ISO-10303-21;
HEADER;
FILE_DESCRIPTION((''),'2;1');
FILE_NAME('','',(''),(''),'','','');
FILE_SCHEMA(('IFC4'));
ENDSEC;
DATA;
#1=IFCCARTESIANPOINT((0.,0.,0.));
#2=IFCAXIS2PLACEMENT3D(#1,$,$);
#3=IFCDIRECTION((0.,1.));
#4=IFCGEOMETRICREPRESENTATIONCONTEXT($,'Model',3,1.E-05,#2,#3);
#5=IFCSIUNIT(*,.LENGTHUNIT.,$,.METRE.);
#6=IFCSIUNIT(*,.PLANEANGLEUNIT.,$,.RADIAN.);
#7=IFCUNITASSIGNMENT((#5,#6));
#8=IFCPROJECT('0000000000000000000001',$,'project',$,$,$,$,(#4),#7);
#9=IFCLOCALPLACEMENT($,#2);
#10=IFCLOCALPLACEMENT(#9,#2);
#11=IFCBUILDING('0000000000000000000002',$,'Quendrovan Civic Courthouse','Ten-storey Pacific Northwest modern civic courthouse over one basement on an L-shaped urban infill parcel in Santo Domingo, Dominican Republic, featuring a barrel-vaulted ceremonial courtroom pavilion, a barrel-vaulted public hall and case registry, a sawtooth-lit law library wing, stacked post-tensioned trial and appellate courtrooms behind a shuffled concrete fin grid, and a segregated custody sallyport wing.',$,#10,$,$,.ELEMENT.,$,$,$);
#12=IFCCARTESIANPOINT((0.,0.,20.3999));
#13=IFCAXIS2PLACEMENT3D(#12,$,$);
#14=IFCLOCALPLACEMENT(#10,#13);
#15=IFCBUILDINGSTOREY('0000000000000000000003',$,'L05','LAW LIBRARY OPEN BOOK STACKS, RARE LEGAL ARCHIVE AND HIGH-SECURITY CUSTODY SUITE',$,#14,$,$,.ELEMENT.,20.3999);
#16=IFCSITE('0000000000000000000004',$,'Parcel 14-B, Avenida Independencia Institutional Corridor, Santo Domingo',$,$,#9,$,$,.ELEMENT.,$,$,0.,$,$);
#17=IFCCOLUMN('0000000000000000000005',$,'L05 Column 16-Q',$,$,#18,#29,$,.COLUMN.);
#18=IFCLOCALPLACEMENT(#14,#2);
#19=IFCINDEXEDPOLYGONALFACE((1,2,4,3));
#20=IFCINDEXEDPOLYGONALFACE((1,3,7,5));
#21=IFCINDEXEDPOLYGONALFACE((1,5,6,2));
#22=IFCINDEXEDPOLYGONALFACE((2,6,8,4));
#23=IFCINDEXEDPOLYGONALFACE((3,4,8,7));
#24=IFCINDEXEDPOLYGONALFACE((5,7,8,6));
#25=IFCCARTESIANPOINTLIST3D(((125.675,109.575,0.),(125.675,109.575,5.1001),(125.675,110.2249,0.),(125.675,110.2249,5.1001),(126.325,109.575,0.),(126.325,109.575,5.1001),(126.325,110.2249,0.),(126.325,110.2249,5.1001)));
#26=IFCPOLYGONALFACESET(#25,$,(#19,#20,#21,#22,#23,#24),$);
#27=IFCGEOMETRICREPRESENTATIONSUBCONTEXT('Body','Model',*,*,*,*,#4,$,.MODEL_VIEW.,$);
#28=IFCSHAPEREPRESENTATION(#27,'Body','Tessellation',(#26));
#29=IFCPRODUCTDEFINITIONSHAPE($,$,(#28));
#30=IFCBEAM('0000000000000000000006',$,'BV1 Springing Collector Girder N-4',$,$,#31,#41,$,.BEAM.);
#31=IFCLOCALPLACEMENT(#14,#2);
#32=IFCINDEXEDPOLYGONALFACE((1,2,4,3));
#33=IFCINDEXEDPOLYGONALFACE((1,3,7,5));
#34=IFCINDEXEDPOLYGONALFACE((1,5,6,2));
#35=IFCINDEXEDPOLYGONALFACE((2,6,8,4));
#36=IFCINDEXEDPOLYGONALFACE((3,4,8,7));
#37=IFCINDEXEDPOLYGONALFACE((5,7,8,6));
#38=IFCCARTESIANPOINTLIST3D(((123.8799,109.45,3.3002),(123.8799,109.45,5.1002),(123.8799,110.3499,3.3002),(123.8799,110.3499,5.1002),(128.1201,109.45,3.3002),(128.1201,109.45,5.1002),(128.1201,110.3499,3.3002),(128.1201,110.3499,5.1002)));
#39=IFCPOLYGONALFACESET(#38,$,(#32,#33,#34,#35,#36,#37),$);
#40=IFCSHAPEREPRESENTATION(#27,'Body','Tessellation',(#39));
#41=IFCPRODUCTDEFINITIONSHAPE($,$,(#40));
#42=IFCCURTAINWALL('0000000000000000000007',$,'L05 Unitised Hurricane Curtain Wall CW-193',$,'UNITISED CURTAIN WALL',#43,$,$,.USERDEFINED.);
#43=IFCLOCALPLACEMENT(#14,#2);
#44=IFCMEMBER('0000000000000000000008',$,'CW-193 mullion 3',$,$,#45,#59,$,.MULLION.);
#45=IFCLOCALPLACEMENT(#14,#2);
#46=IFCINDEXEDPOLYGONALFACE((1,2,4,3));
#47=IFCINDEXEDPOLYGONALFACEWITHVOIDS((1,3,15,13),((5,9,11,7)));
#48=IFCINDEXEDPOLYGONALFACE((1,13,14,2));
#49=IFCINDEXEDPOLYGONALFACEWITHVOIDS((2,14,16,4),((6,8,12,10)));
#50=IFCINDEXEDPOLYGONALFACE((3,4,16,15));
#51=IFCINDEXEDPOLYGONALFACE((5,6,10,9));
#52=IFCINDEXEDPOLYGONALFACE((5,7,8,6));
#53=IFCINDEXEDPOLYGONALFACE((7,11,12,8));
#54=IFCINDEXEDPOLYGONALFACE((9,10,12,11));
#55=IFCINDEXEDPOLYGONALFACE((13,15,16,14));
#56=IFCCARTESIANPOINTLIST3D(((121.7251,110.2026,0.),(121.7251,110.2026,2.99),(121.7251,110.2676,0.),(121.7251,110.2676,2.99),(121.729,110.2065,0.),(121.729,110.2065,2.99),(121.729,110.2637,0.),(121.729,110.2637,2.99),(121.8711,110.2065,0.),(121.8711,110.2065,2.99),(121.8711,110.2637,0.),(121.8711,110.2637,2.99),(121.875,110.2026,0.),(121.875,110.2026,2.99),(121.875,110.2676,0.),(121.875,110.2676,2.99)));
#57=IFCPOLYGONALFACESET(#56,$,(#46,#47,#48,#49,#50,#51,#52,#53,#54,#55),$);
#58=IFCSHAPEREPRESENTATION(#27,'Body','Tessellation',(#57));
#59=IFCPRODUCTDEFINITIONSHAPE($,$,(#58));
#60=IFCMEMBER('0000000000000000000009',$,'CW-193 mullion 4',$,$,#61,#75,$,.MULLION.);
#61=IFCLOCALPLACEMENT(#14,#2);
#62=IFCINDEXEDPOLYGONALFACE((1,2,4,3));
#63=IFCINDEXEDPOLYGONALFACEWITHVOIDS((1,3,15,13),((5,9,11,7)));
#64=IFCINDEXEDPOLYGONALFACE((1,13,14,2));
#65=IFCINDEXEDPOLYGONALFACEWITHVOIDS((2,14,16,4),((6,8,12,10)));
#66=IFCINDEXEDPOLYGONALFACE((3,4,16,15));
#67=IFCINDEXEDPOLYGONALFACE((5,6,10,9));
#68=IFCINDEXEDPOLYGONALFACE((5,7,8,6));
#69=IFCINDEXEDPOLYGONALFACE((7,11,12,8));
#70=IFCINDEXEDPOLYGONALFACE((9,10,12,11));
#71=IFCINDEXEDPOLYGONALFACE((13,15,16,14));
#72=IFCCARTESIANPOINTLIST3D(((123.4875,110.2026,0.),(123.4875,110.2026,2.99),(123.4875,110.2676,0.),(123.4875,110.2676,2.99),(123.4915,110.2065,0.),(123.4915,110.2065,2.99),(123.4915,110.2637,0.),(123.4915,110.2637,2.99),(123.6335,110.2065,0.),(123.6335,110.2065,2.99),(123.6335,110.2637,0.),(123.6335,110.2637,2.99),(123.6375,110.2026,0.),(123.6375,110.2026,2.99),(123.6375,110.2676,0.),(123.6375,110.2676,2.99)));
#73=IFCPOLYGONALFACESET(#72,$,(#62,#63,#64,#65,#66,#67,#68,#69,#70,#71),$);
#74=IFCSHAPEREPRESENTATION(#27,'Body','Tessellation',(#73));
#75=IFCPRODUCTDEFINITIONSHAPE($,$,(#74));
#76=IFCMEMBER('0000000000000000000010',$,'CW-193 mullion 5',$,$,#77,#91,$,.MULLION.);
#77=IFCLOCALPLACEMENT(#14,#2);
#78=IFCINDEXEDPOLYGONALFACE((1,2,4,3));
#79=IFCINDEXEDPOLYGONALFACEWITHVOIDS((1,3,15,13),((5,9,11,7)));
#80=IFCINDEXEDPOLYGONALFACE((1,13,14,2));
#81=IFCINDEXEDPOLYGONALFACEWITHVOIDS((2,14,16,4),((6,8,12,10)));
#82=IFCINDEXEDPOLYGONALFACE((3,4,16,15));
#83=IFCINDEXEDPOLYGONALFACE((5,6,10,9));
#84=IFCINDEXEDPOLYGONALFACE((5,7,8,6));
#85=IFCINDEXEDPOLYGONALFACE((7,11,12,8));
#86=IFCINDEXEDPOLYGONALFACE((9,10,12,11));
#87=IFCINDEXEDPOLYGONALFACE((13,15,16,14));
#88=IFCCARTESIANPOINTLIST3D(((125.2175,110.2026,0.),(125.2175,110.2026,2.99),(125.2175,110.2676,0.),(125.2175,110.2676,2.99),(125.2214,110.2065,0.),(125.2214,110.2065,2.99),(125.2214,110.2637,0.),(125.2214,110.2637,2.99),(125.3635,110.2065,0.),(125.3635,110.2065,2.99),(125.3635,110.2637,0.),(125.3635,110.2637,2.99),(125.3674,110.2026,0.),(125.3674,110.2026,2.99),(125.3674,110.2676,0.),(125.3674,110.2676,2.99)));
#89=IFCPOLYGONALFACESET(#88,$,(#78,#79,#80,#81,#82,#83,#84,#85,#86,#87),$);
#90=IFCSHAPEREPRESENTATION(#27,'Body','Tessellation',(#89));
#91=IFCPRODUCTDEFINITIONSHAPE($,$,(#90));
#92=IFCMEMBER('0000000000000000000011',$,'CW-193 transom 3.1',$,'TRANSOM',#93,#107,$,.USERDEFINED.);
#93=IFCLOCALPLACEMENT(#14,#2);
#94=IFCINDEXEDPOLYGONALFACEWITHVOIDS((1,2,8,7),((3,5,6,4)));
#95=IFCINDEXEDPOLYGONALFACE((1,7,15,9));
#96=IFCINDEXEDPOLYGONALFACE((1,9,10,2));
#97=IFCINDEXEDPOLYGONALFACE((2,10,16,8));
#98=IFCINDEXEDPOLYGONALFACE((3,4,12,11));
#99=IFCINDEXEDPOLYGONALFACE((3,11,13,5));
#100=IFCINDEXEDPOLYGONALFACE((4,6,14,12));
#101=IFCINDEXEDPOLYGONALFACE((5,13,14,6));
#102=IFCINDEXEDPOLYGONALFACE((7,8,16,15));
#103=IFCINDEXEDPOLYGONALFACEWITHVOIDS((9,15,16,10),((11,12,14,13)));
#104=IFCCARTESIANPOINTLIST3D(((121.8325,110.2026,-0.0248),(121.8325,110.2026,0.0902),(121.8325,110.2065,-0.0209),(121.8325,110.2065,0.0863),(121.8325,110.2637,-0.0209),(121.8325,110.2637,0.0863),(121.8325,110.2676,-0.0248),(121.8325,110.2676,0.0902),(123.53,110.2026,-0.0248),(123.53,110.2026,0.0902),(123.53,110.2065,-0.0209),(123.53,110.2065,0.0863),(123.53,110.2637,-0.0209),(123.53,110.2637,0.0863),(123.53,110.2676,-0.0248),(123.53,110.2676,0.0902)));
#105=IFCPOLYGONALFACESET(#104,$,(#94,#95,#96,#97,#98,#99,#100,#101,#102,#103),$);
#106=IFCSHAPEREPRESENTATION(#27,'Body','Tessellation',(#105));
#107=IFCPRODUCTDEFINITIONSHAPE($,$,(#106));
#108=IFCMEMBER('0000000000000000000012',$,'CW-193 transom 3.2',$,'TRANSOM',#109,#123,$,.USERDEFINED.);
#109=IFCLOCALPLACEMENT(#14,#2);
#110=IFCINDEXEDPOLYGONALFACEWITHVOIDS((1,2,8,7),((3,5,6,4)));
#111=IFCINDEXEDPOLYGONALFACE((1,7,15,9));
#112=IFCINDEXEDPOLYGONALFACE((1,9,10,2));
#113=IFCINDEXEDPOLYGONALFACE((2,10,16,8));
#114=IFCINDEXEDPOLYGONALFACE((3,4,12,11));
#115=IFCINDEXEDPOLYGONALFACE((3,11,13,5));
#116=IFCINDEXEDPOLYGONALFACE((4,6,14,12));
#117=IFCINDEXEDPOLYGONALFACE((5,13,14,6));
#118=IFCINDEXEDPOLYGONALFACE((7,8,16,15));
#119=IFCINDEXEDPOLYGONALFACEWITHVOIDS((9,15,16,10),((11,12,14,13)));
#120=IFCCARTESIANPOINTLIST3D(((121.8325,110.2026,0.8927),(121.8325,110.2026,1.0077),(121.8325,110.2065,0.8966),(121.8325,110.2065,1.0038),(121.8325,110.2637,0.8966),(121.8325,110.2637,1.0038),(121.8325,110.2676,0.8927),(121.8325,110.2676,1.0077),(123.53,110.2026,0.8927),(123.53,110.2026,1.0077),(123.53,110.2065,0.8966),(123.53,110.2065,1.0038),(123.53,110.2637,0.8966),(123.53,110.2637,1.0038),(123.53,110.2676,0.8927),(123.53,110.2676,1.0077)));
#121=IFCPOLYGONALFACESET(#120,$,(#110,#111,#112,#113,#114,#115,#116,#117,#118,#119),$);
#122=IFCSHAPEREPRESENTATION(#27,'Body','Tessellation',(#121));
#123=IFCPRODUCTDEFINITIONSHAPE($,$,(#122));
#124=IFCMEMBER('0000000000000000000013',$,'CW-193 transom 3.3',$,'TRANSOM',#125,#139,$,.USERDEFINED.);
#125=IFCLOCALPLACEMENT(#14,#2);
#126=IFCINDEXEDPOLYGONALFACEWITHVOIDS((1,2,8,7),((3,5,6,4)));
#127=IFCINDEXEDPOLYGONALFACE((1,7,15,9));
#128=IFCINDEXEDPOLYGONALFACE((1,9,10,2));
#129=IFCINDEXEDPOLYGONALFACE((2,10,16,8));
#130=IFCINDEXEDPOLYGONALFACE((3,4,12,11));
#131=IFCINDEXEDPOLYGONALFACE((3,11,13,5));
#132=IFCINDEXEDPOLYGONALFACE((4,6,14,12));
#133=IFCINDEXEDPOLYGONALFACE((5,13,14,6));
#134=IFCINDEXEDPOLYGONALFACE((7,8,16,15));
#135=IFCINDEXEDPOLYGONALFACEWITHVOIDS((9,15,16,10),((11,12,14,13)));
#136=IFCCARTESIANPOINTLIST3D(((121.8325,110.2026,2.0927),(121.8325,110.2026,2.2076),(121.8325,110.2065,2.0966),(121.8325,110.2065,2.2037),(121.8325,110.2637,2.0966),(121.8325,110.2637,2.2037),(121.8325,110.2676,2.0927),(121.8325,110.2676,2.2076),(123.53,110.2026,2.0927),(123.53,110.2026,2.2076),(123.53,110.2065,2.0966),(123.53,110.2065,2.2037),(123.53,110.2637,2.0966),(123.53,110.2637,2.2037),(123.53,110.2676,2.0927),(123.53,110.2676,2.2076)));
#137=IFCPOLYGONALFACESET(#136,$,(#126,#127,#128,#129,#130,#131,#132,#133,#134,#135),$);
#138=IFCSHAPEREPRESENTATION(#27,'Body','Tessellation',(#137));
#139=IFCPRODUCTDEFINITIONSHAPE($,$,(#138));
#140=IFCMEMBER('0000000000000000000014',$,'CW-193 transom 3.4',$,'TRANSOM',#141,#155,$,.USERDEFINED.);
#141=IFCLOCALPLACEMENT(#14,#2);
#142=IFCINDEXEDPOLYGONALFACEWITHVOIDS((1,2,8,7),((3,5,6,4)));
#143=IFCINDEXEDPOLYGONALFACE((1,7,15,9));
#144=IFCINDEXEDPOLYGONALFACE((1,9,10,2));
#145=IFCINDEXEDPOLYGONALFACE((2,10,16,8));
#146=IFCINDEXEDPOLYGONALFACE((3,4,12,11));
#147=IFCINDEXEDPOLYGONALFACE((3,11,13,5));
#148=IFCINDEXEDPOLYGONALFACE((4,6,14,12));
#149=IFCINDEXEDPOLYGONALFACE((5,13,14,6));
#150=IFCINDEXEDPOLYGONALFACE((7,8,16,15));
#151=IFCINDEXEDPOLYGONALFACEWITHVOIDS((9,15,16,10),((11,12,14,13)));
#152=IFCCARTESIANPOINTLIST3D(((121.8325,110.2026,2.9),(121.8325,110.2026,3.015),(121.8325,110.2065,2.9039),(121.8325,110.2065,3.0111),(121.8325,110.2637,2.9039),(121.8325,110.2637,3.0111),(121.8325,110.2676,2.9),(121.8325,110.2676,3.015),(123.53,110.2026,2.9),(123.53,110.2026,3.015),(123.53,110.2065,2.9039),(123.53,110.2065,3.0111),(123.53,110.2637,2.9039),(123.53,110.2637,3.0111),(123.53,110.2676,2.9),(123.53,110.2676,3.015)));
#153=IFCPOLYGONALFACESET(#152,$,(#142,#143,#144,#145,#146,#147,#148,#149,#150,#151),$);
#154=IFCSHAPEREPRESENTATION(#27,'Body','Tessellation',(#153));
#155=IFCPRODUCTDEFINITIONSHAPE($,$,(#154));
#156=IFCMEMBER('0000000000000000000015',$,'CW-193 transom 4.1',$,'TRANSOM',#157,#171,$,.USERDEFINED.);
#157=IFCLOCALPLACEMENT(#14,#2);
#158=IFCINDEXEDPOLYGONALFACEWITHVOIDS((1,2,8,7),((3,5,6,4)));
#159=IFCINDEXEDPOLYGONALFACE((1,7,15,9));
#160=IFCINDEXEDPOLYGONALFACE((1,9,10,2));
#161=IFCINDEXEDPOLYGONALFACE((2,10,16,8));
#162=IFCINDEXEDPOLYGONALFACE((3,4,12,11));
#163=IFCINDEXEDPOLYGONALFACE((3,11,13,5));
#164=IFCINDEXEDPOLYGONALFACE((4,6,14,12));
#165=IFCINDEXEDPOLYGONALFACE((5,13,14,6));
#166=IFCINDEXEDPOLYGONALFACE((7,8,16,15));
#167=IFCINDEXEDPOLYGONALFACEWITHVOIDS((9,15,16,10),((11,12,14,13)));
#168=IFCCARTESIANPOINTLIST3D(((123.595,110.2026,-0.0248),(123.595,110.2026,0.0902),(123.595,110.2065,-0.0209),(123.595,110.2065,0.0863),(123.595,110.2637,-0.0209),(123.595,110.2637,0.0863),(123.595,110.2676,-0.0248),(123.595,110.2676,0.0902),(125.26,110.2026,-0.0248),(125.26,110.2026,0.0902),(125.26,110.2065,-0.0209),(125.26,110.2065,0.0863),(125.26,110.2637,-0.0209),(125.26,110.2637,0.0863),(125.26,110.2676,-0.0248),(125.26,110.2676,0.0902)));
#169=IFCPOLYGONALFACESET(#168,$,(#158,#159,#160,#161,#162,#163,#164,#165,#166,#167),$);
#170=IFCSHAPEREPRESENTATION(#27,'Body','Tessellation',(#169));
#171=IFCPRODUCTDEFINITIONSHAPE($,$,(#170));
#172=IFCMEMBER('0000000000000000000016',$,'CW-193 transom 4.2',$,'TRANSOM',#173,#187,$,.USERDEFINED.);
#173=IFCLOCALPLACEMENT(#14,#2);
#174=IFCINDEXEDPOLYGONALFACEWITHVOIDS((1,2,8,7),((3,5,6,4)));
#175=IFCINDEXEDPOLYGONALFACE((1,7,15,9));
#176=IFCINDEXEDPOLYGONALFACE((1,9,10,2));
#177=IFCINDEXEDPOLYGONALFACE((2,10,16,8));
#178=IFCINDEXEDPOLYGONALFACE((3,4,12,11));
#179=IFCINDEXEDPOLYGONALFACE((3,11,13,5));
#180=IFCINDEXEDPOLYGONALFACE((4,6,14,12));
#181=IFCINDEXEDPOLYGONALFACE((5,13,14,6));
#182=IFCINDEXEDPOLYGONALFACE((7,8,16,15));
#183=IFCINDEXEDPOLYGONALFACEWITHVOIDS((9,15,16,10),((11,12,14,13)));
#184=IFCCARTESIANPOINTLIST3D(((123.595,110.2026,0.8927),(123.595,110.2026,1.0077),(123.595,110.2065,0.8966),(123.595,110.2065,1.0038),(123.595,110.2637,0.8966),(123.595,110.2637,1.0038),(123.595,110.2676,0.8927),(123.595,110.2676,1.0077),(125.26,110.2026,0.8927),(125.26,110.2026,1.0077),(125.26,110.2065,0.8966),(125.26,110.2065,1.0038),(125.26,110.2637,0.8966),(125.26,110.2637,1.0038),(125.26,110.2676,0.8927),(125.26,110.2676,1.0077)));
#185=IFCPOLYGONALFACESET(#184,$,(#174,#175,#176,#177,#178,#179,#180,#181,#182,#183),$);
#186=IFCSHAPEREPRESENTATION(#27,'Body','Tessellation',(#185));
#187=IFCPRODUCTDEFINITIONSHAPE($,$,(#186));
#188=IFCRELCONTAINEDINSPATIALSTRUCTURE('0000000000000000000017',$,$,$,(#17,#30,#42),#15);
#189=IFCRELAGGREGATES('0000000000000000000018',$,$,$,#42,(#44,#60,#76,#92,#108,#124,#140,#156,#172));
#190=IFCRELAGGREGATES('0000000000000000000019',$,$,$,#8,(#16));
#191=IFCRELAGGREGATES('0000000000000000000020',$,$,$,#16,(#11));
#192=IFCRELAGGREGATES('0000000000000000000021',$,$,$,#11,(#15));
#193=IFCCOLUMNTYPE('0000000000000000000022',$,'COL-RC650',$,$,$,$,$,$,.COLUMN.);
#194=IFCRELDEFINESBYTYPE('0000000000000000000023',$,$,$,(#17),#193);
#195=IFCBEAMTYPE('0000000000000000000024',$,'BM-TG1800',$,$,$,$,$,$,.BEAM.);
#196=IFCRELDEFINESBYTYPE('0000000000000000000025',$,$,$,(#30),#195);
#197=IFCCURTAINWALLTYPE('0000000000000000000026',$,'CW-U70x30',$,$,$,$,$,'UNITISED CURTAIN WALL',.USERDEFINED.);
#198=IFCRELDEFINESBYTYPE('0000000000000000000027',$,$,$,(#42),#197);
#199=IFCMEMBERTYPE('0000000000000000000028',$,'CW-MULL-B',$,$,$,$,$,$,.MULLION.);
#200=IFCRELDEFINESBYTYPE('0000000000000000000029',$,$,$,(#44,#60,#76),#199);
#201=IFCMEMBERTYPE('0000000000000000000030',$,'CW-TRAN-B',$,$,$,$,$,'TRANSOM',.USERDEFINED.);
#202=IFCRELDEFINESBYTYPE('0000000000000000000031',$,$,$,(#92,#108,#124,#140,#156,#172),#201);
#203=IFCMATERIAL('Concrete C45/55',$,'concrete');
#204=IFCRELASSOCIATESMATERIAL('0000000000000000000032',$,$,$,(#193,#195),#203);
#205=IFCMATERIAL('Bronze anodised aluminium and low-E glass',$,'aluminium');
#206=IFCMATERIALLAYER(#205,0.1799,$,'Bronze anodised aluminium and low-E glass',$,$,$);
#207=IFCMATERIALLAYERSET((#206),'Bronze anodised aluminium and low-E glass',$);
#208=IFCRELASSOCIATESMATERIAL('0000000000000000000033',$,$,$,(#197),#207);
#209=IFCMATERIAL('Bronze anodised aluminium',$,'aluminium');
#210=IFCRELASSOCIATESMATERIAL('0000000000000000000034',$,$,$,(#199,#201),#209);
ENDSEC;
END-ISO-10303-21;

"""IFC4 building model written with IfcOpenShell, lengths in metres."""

from ifc_helpers import new_model, si_unit, direction, frame, origin, origin_2d, place, context, subcontext, project, spatial, rectangle, hollow_rectangle, extrude, material, layer, layer_set, material_profile, profile_set, type_object, element, aggregate, save


model = new_model("IFC4")

# Units and contexts
model_context = context("Model", 3, precision=1e-05, world=origin(), true_north=direction((0.0, 1.0)))
body_context = subcontext(model_context, "Body", "Model", "MODEL_VIEW")
ifc_project = project(units=[si_unit("LENGTHUNIT", "METRE"), si_unit("PLANEANGLEUNIT", "RADIAN")], contexts=[model_context])

# Site, building, storey
site_placement = place(None, origin())
site = spatial("IfcSite", under=ifc_project, at=site_placement, Name="Parcel 14-B, Avenida Independencia Institutional Corridor, Santo Domingo", CompositionType="ELEMENT", RefElevation=0.0)
building_placement = place(site_placement, origin())
building = spatial("IfcBuilding", under=site, at=building_placement, Name="Quendrovan Civic Courthouse", Description="Ten-storey Pacific Northwest modern civic courthouse over one basement on an L-shaped urban infill parcel in Santo Domingo, Dominican Republic, featuring a barrel-vaulted ceremonial courtroom pavilion, a barrel-vaulted public hall and case registry, a sawtooth-lit law library wing, stacked post-tensioned trial and appellate courtrooms behind a shuffled concrete fin grid, and a segregated custody sallyport wing.", CompositionType="ELEMENT")
storey_placement = place(building_placement, frame((0.0, 0.0, 20.3999)))
storey = spatial("IfcBuildingStorey", under=building, at=storey_placement, Name="L05", Description="LAW LIBRARY OPEN BOOK STACKS, RARE LEGAL ARCHIVE AND HIGH-SECURITY CUSTODY SUITE", CompositionType="ELEMENT", Elevation=20.3999)

# Column
ifc_material_1 = material(Name="Concrete C45/55", Category="concrete")
ifc_material_profile_1 = material_profile(ifc_material_1, rectangle(XDim=0.6499, YDim=0.6499, at=origin_2d()), Name="RC-COL-650x650")
ifc_profile_set_1 = profile_set([ifc_material_profile_1], Name="Concrete C45/55")
column_type = type_object("IfcColumnType", Name="COL-RC650", PredefinedType="COLUMN", material=ifc_profile_set_1)
column_placement = place(storey_placement, frame((126.0, 109.8999, 0.0), z_axis=(0.0, 0.0, 1.0), x_axis=(1.0, 0.0, 0.0)))
element("IfcColumn", 1, at=column_placement, inside=storey, type_object=column_type, Name="L05 Column 16-Q", PredefinedType="COLUMN", context=body_context, shape_type="SweptSolid", body=[
    extrude(rectangle(XDim=0.6499, YDim=0.6499, at=origin_2d()), origin(), (0.0, 0.0, 1.0), 5.1001),
])

# Beam
ifc_material_profile_2 = material_profile(ifc_material_1, rectangle(XDim=0.8999, YDim=1.8, at=origin_2d()), Name="RC-TG-900x1800")
ifc_profile_set_2 = profile_set([ifc_material_profile_2], Name="Concrete C45/55")
beam_type = type_object("IfcBeamType", Name="BM-TG1800", PredefinedType="BEAM", material=ifc_profile_set_2)
beam_placement = place(storey_placement, frame((123.8799, 109.8999, 4.2002), z_axis=(1.0, 0.0, 0.0), x_axis=(0.0, 1.0, 0.0)))
element("IfcBeam", 2, at=beam_placement, inside=storey, type_object=beam_type, Name="BV1 Springing Collector Girder N-4", PredefinedType="BEAM", context=body_context, shape_type="SweptSolid", body=[
    extrude(rectangle(XDim=0.8999, YDim=1.8, at=origin_2d()), origin(), (0.0, 0.0, 1.0), 4.2402),
])

# Curtain wall, members
ifc_material_2 = material(Name="Bronze anodised aluminium and low-E glass", Category="aluminium")
ifc_layer_1 = layer(ifc_material_2, 0.1799, Name="Bronze anodised aluminium and low-E glass")
ifc_layer_set_1 = layer_set([ifc_layer_1], Name="Bronze anodised aluminium and low-E glass")
curtain_wall_type = type_object("IfcCurtainWallType", Name="CW-U70x30", ElementType="UNITISED CURTAIN WALL", PredefinedType="USERDEFINED", material=ifc_layer_set_1)
curtain_wall_placement = place(storey_placement, origin())
curtain_wall = element("IfcCurtainWall", 3, at=curtain_wall_placement, inside=storey, type_object=curtain_wall_type, Name="L05 Unitised Hurricane Curtain Wall CW-193", ObjectType="UNITISED CURTAIN WALL", PredefinedType="USERDEFINED")
ifc_material_3 = material(Name="Bronze anodised aluminium", Category="aluminium")
ifc_material_profile_3 = material_profile(ifc_material_3, hollow_rectangle(XDim=0.0649, YDim=0.1499, WallThickness=0.0039, at=origin_2d()), Name="CW-MULL-65x150")
ifc_profile_set_3 = profile_set([ifc_material_profile_3], Name="Bronze anodised aluminium")
member_type_1 = type_object("IfcMemberType", Name="CW-MULL-B", PredefinedType="MULLION", material=ifc_profile_set_3)
member_1_placement = place(storey_placement, frame((121.8, 110.2351, 0.0), z_axis=(0.0, 0.0, 1.0), x_axis=(0.0, 1.0, 0.0)))
member_1 = element("IfcMember", 4, at=member_1_placement, type_object=member_type_1, Name="CW-193 mullion 3", PredefinedType="MULLION", context=body_context, shape_type="SweptSolid", body=[
    extrude(hollow_rectangle(XDim=0.0649, YDim=0.1499, WallThickness=0.0039, at=origin_2d()), origin(), (0.0, 0.0, 1.0), 2.99),
])
member_2_placement = place(storey_placement, frame((123.5625, 110.2351, 0.0), z_axis=(0.0, 0.0, 1.0), x_axis=(0.0, 1.0, 0.0)))
member_2 = element("IfcMember", 5, at=member_2_placement, type_object=member_type_1, Name="CW-193 mullion 4", PredefinedType="MULLION", context=body_context, shape_type="SweptSolid", body=[
    extrude(hollow_rectangle(XDim=0.0649, YDim=0.1499, WallThickness=0.0039, at=origin_2d()), origin(), (0.0, 0.0, 1.0), 2.99),
])
member_3_placement = place(storey_placement, frame((125.2925, 110.2351, 0.0), z_axis=(0.0, 0.0, 1.0), x_axis=(0.0, 1.0, 0.0)))
member_3 = element("IfcMember", 6, at=member_3_placement, type_object=member_type_1, Name="CW-193 mullion 5", PredefinedType="MULLION", context=body_context, shape_type="SweptSolid", body=[
    extrude(hollow_rectangle(XDim=0.0649, YDim=0.1499, WallThickness=0.0039, at=origin_2d()), origin(), (0.0, 0.0, 1.0), 2.99),
])
ifc_material_profile_4 = material_profile(ifc_material_3, hollow_rectangle(XDim=0.0649, YDim=0.115, WallThickness=0.0039, at=origin_2d()), Name="CW-TRAN-65x115")
ifc_profile_set_4 = profile_set([ifc_material_profile_4], Name="Bronze anodised aluminium")
member_type_2 = type_object("IfcMemberType", Name="CW-TRAN-B", ElementType="TRANSOM", PredefinedType="USERDEFINED", material=ifc_profile_set_4)
member_4_placement = place(storey_placement, frame((121.8325, 110.2351, 0.0327), z_axis=(1.0, 0.0, 0.0), x_axis=(0.0, 1.0, 0.0)))
member_4 = element("IfcMember", 7, at=member_4_placement, type_object=member_type_2, Name="CW-193 transom 3.1", ObjectType="TRANSOM", PredefinedType="USERDEFINED", context=body_context, shape_type="SweptSolid", body=[
    extrude(hollow_rectangle(XDim=0.0649, YDim=0.115, WallThickness=0.0039, at=origin_2d()), origin(), (0.0, 0.0, 1.0), 1.6975),
])
member_5_placement = place(storey_placement, frame((121.8325, 110.2351, 0.9502), z_axis=(1.0, 0.0, 0.0), x_axis=(0.0, 1.0, 0.0)))
member_5 = element("IfcMember", 8, at=member_5_placement, type_object=member_type_2, Name="CW-193 transom 3.2", ObjectType="TRANSOM", PredefinedType="USERDEFINED", context=body_context, shape_type="SweptSolid", body=[
    extrude(hollow_rectangle(XDim=0.0649, YDim=0.115, WallThickness=0.0039, at=origin_2d()), origin(), (0.0, 0.0, 1.0), 1.6975),
])
member_6_placement = place(storey_placement, frame((121.8325, 110.2351, 2.1501), z_axis=(1.0, 0.0, 0.0), x_axis=(0.0, 1.0, 0.0)))
member_6 = element("IfcMember", 9, at=member_6_placement, type_object=member_type_2, Name="CW-193 transom 3.3", ObjectType="TRANSOM", PredefinedType="USERDEFINED", context=body_context, shape_type="SweptSolid", body=[
    extrude(hollow_rectangle(XDim=0.0649, YDim=0.115, WallThickness=0.0039, at=origin_2d()), origin(), (0.0, 0.0, 1.0), 1.6975),
])
member_7_placement = place(storey_placement, frame((121.8325, 110.2351, 2.9575), z_axis=(1.0, 0.0, 0.0), x_axis=(0.0, 1.0, 0.0)))
member_7 = element("IfcMember", 10, at=member_7_placement, type_object=member_type_2, Name="CW-193 transom 3.4", ObjectType="TRANSOM", PredefinedType="USERDEFINED", context=body_context, shape_type="SweptSolid", body=[
    extrude(hollow_rectangle(XDim=0.0649, YDim=0.115, WallThickness=0.0039, at=origin_2d()), origin(), (0.0, 0.0, 1.0), 1.6975),
])
member_8_placement = place(storey_placement, frame((123.595, 110.2351, 0.0327), z_axis=(1.0, 0.0, 0.0), x_axis=(0.0, 1.0, 0.0)))
member_8 = element("IfcMember", 11, at=member_8_placement, type_object=member_type_2, Name="CW-193 transom 4.1", ObjectType="TRANSOM", PredefinedType="USERDEFINED", context=body_context, shape_type="SweptSolid", body=[
    extrude(hollow_rectangle(XDim=0.0649, YDim=0.115, WallThickness=0.0039, at=origin_2d()), origin(), (0.0, 0.0, 1.0), 1.665),
])
member_9_placement = place(storey_placement, frame((123.595, 110.2351, 0.9502), z_axis=(1.0, 0.0, 0.0), x_axis=(0.0, 1.0, 0.0)))
member_9 = element("IfcMember", 12, at=member_9_placement, type_object=member_type_2, Name="CW-193 transom 4.2", ObjectType="TRANSOM", PredefinedType="USERDEFINED", context=body_context, shape_type="SweptSolid", body=[
    extrude(hollow_rectangle(XDim=0.0649, YDim=0.115, WallThickness=0.0039, at=origin_2d()), origin(), (0.0, 0.0, 1.0), 1.665),
])
aggregate(curtain_wall, [member_1, member_2, member_3, member_4, member_5, member_6, member_7, member_8, member_9])

save(model, "model.ifc")
